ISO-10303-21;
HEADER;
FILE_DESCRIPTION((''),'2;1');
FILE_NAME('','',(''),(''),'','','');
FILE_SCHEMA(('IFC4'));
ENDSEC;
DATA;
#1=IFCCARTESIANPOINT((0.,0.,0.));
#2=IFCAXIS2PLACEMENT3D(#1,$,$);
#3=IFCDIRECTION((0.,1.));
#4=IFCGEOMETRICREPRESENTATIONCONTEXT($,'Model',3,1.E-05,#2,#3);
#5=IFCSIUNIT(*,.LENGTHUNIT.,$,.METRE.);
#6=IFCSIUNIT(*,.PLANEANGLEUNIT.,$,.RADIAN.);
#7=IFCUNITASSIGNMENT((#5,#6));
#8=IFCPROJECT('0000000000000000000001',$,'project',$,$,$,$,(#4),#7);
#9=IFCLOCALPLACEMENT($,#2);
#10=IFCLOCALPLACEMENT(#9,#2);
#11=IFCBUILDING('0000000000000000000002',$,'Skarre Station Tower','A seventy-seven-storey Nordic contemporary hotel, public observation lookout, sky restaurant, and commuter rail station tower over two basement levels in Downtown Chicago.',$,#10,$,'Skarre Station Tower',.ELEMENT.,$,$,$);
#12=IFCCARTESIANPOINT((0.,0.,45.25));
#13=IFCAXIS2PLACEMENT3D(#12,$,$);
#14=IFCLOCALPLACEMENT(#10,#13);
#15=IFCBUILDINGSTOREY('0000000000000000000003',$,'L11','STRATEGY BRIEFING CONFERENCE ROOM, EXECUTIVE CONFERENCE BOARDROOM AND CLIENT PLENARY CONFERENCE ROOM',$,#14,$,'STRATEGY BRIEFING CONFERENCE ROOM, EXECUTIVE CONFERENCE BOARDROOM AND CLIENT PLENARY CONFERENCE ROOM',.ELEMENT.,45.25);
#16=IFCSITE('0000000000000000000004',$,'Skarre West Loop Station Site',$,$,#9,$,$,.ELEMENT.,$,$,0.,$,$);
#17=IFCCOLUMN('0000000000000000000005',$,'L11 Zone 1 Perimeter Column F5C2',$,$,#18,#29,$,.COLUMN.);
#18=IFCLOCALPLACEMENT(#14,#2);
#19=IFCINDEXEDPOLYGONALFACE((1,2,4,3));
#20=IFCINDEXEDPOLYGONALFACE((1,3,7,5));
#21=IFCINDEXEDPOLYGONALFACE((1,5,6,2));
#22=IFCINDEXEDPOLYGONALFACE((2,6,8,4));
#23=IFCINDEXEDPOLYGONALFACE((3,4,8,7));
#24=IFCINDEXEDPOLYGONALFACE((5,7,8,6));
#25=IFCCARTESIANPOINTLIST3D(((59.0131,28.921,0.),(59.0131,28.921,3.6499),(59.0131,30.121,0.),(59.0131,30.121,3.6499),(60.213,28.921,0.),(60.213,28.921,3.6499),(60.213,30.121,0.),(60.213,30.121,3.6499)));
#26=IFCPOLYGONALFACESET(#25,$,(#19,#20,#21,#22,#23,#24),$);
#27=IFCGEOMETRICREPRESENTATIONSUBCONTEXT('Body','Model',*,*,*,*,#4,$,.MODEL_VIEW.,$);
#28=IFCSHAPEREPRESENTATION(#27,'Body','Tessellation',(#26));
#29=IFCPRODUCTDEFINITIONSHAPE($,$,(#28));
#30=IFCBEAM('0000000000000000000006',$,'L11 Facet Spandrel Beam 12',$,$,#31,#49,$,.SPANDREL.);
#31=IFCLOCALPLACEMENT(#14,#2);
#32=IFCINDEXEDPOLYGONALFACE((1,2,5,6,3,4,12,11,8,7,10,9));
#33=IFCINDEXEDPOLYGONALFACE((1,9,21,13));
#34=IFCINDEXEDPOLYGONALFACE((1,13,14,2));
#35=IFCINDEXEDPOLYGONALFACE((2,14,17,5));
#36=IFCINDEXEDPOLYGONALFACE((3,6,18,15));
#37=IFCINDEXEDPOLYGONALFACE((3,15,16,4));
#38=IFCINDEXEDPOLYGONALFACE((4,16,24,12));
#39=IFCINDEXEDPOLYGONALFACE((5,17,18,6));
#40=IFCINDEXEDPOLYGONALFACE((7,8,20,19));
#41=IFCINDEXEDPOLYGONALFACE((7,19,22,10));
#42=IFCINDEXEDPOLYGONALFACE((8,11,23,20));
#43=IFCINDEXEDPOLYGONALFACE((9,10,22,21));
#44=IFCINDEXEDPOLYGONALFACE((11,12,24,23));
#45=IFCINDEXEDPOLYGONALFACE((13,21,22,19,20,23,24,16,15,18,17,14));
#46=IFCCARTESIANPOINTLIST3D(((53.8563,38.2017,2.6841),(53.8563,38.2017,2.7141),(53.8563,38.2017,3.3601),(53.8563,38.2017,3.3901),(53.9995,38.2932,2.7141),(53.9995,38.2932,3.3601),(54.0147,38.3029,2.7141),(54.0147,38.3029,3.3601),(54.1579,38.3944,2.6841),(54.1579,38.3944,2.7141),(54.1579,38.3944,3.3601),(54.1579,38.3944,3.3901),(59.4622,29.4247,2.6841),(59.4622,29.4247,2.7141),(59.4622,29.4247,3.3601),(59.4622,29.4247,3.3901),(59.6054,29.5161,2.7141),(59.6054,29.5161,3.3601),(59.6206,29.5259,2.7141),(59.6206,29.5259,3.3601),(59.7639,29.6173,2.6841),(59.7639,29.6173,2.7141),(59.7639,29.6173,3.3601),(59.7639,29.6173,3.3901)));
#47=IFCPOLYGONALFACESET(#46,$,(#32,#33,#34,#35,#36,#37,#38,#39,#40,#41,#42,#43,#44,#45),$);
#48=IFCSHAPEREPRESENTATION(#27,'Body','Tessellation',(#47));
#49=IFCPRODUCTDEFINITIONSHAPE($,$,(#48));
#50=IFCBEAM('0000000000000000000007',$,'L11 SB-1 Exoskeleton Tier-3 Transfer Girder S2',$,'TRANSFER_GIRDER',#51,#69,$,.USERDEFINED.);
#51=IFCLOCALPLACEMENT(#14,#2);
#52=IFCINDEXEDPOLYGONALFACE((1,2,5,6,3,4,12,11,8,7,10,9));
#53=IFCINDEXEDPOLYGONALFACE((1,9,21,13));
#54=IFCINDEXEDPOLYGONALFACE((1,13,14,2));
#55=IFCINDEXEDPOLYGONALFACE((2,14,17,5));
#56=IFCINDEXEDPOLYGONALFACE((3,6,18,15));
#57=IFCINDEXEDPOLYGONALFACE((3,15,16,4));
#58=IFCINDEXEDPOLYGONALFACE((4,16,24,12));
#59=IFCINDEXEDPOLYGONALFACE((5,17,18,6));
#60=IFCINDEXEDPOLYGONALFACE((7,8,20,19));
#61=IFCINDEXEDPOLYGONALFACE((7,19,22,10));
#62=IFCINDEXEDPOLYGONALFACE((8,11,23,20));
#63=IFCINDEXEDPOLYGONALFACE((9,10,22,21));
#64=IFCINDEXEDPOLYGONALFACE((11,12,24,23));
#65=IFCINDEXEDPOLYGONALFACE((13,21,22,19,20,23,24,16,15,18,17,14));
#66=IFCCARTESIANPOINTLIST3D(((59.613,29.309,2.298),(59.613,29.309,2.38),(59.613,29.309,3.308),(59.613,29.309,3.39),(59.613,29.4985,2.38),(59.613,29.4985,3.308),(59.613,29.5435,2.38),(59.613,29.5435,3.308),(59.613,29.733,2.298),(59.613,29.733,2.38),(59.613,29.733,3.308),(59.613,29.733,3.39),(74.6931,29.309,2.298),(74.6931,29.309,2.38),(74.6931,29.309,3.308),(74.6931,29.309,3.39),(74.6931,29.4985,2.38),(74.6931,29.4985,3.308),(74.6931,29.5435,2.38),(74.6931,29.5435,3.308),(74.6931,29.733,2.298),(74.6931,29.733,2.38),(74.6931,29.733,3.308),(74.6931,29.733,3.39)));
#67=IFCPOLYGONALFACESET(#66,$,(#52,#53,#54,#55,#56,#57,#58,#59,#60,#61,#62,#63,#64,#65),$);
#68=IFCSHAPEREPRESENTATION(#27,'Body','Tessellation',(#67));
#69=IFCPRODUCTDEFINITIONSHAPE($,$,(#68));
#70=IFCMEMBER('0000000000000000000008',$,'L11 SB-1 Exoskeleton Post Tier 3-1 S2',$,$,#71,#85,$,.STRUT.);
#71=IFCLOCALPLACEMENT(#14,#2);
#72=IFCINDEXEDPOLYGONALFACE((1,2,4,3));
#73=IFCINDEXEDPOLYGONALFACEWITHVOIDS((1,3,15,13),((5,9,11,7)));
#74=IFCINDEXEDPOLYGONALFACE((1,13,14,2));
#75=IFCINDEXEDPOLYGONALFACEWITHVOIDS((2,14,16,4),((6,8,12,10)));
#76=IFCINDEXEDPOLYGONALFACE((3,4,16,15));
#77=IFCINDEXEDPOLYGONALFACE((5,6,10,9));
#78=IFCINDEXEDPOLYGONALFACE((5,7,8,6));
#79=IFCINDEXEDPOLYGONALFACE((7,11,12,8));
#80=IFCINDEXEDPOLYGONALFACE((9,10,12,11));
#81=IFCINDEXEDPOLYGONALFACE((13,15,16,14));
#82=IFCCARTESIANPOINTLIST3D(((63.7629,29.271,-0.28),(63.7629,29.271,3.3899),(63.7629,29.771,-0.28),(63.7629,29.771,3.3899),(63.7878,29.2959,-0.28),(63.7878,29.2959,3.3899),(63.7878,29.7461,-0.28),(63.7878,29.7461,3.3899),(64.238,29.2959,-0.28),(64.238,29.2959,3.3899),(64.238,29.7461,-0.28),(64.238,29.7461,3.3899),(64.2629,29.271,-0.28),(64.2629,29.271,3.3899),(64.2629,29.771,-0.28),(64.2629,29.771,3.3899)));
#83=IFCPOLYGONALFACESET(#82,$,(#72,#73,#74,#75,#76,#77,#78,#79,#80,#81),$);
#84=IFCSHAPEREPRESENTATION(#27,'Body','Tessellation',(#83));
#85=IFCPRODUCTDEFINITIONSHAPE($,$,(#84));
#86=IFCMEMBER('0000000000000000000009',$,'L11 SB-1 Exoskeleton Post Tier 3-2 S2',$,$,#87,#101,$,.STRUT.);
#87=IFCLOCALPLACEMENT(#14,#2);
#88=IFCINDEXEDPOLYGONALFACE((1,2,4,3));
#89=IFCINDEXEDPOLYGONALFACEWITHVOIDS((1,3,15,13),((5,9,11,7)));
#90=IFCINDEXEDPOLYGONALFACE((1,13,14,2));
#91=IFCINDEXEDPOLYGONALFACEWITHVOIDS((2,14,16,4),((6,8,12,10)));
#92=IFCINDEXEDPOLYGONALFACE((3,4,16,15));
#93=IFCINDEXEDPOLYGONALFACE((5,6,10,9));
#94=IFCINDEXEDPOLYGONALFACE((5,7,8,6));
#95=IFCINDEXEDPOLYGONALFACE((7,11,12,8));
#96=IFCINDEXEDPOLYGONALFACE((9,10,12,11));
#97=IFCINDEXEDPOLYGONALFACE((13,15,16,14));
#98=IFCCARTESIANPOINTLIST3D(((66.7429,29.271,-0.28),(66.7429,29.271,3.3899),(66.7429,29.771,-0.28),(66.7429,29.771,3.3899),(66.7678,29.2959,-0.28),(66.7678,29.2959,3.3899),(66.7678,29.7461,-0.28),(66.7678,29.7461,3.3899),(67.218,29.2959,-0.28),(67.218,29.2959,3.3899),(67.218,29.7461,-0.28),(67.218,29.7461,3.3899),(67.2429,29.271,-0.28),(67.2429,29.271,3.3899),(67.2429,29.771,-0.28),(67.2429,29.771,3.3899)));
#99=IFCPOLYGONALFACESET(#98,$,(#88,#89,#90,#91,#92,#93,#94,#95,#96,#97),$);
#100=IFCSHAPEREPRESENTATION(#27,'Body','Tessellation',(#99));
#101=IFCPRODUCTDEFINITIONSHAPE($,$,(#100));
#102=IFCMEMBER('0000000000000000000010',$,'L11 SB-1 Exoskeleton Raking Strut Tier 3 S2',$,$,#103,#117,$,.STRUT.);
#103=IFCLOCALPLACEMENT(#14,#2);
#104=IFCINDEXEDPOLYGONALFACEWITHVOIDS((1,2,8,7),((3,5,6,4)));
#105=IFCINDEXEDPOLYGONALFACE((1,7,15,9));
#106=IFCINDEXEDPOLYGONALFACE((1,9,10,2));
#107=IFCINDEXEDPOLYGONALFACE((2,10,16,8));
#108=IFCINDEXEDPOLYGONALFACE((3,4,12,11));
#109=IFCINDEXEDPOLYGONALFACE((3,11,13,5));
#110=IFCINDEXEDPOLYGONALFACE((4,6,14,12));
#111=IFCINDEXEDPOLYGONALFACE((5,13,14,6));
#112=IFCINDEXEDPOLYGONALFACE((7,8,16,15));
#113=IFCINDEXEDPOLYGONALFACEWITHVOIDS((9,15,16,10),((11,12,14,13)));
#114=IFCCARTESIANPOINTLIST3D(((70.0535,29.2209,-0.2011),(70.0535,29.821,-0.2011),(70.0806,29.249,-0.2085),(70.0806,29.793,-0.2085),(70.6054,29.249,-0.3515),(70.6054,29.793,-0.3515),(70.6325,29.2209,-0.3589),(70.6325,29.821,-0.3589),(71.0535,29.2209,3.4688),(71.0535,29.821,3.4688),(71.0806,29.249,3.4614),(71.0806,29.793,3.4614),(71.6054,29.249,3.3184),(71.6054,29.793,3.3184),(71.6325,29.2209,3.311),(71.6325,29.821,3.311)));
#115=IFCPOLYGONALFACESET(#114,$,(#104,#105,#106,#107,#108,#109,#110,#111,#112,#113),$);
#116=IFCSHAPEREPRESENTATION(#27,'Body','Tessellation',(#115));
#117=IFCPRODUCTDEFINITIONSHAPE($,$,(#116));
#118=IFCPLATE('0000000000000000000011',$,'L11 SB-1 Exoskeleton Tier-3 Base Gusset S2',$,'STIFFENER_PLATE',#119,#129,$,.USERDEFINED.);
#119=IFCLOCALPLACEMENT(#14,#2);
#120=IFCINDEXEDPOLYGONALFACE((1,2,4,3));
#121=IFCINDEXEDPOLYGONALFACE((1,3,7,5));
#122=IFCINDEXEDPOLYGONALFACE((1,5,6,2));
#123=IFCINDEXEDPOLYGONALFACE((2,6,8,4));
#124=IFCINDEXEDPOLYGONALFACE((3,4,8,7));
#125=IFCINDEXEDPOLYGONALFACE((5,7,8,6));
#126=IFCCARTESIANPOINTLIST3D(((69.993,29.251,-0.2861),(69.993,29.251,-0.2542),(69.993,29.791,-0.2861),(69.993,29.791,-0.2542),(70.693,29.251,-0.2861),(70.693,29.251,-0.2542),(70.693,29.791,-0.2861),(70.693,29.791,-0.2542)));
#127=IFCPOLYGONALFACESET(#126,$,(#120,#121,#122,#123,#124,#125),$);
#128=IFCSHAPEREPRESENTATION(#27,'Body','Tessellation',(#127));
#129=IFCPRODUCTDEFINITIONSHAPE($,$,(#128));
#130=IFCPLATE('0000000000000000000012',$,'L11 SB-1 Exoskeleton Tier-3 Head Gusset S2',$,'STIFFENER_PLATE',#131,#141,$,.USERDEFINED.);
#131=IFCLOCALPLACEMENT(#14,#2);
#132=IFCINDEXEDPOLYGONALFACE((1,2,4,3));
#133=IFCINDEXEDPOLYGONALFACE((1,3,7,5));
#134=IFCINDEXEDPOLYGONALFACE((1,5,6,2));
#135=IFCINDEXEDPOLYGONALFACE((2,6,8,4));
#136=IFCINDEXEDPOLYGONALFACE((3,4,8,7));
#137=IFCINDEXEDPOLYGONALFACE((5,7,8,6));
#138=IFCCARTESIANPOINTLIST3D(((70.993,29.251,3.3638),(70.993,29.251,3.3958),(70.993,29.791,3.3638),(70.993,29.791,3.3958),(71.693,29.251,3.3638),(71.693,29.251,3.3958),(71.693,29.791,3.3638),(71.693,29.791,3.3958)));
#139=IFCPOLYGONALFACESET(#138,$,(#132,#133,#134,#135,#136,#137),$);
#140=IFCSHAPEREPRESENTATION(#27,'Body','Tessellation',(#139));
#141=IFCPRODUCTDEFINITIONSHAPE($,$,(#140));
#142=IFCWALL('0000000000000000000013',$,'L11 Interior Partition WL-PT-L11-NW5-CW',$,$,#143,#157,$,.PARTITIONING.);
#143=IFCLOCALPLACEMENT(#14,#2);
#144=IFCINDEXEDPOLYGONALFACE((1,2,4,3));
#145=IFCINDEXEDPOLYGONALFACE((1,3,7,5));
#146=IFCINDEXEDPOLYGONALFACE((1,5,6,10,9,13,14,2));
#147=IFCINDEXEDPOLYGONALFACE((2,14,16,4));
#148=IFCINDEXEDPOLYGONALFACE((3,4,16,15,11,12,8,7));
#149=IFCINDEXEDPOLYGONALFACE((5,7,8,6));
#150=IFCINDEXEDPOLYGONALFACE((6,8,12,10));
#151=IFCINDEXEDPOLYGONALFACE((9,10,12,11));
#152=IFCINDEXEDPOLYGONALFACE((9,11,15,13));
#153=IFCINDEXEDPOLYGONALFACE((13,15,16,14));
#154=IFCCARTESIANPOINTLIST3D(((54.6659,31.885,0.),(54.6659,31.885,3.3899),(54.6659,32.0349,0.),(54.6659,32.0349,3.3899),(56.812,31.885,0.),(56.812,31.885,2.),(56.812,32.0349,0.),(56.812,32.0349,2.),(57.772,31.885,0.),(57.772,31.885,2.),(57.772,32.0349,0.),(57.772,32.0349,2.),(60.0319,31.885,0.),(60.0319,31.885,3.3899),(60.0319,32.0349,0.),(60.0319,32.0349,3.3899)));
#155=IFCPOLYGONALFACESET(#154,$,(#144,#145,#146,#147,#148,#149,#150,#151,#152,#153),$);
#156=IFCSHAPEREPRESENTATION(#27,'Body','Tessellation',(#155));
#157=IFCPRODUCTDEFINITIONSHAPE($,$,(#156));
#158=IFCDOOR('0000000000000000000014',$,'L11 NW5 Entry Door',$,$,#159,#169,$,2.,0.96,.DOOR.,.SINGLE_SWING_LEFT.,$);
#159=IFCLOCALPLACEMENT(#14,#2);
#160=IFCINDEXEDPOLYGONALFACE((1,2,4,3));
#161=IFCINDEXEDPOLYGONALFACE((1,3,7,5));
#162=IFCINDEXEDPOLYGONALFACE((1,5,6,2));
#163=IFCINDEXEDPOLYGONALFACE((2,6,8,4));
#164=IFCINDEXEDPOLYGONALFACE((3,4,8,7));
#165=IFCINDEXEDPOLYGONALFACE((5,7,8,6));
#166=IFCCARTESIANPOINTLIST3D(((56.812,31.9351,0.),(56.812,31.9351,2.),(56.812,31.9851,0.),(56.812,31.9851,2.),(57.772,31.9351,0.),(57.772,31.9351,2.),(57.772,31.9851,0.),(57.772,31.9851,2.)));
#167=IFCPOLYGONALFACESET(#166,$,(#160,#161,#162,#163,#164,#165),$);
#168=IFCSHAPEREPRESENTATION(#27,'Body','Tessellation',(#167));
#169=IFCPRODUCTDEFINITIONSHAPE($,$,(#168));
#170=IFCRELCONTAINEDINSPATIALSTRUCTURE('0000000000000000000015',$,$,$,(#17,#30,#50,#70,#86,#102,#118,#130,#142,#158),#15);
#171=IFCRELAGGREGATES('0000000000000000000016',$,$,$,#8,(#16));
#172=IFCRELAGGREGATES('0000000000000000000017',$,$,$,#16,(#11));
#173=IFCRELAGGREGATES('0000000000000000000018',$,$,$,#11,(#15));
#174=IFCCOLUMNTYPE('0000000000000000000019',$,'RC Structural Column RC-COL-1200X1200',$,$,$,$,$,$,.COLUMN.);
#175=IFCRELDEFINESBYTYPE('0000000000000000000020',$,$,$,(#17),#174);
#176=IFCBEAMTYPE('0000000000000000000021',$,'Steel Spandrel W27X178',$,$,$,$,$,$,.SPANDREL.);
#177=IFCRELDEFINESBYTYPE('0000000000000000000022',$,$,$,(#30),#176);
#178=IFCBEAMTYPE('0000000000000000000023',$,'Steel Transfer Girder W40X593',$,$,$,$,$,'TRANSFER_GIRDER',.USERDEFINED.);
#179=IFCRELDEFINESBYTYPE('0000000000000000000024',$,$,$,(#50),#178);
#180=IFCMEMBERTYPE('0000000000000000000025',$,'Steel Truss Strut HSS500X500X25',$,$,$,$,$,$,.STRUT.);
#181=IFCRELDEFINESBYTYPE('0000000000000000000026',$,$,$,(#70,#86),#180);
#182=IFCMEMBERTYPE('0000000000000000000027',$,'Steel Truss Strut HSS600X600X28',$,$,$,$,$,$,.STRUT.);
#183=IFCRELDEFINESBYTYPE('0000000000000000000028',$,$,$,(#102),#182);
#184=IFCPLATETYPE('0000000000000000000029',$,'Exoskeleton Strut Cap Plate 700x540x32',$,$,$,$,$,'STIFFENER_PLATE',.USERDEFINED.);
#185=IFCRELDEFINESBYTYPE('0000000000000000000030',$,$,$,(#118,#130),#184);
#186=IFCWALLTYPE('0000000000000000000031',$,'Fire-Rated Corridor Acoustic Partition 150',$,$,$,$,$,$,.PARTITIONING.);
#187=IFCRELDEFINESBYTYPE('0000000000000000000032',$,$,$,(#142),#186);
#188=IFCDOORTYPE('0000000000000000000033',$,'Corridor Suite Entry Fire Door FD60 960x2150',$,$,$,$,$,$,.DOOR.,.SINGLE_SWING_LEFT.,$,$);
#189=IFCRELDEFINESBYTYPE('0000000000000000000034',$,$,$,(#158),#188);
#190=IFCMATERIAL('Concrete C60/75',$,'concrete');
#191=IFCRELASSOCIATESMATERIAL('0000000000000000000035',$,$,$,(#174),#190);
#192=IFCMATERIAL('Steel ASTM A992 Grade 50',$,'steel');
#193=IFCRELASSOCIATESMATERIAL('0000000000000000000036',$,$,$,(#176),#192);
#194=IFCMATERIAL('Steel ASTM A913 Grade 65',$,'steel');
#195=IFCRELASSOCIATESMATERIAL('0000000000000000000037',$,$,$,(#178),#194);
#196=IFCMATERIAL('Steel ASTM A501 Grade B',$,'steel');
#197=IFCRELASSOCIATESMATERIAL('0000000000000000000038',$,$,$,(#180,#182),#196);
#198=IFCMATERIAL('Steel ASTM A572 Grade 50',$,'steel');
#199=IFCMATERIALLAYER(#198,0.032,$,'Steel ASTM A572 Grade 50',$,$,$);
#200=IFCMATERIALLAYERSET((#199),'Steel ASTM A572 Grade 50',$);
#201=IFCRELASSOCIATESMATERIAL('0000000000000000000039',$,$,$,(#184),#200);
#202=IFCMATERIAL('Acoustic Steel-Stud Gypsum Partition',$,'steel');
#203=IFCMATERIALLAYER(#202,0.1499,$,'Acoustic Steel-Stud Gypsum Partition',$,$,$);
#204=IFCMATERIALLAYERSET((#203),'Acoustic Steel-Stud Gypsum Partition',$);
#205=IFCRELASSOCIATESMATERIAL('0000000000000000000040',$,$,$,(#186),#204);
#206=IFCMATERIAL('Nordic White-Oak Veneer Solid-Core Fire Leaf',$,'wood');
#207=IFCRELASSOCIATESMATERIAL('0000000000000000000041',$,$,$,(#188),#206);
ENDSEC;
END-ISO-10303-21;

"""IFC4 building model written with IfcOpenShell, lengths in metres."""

from ifc_helpers import new_model, si_unit, direction, frame, frame_2d, origin, origin_2d, place, context, subcontext, project, spatial, rectangle, hollow_rectangle, i_section, extrude, material, layer, layer_set, material_profile, profile_set, type_object, element, fill, save


model = new_model("IFC4")

# Units and contexts
model_context = context("Model", 3, precision=1e-05, world=origin(), true_north=direction((0.0, 1.0)))
body_context = subcontext(model_context, "Body", "Model", "MODEL_VIEW")
ifc_project = project(units=[si_unit("LENGTHUNIT", "METRE"), si_unit("PLANEANGLEUNIT", "RADIAN")], contexts=[model_context])

# Site, building, storey
site_placement = place(None, origin())
site = spatial("IfcSite", under=ifc_project, at=site_placement, Name="Skarre West Loop Station Site", CompositionType="ELEMENT", RefElevation=0.0)
building_placement = place(site_placement, origin())
building = spatial("IfcBuilding", under=site, at=building_placement, Name="Skarre Station Tower", Description="A seventy-seven-storey Nordic contemporary hotel, public observation lookout, sky restaurant, and commuter rail station tower over two basement levels in Downtown Chicago.", LongName="Skarre Station Tower", CompositionType="ELEMENT")
storey_placement = place(building_placement, frame((0.0, 0.0, 45.25)))
storey = spatial("IfcBuildingStorey", under=building, at=storey_placement, Name="L11", Description="STRATEGY BRIEFING CONFERENCE ROOM, EXECUTIVE CONFERENCE BOARDROOM AND CLIENT PLENARY CONFERENCE ROOM", LongName="STRATEGY BRIEFING CONFERENCE ROOM, EXECUTIVE CONFERENCE BOARDROOM AND CLIENT PLENARY CONFERENCE ROOM", CompositionType="ELEMENT", Elevation=45.25)

# Column
ifc_material_1 = material(Name="Concrete C60/75", Category="concrete")
ifc_material_profile_1 = material_profile(ifc_material_1, rectangle(XDim=1.2, YDim=1.2, at=origin_2d()), Name="Concrete C60/75")
ifc_profile_set_1 = profile_set([ifc_material_profile_1], Name="Concrete C60/75")
column_type = type_object("IfcColumnType", Name="RC Structural Column RC-COL-1200X1200", PredefinedType="COLUMN", material=ifc_profile_set_1)
column_placement = place(storey_placement, frame((59.613, 29.521, 0.0), z_axis=(0.0, 0.0, 1.0), x_axis=(1.0, 0.0, 0.0)))
element("IfcColumn", 1, at=column_placement, inside=storey, type_object=column_type, Name="L11 Zone 1 Perimeter Column F5C2", PredefinedType="COLUMN", context=body_context, shape_type="SweptSolid", body=[
    extrude(rectangle(XDim=1.2, YDim=1.2, at=origin_2d()), origin(), (0.0, 0.0, 1.0), 3.6499),
])

# Beams
ifc_material_2 = material(Name="Steel ASTM A992 Grade 50", Category="steel")
ifc_material_profile_2 = material_profile(ifc_material_2, i_section(OverallWidth=0.3579, OverallDepth=0.7061, WebThickness=0.0181, FlangeThickness=0.03, at=origin_2d()), Name="Steel ASTM A992 Grade 50")
ifc_profile_set_2 = profile_set([ifc_material_profile_2], Name="Steel ASTM A992 Grade 50")
beam_type_1 = type_object("IfcBeamType", Name="Steel Spandrel W27X178", PredefinedType="SPANDREL", material=ifc_profile_set_2)
beam_1_placement = place(storey_placement, frame((59.613, 29.521, 3.0371), z_axis=(-0.538278, 0.842767, 0.0), x_axis=(-0.842767, -0.538278, 0.0)))
element("IfcBeam", 2, at=beam_1_placement, inside=storey, type_object=beam_type_1, Name="L11 Facet Spandrel Beam 12", PredefinedType="SPANDREL", context=body_context, shape_type="SweptSolid", body=[
    extrude(i_section(OverallWidth=0.3579, OverallDepth=0.7061, WebThickness=0.0181, FlangeThickness=0.03, at=origin_2d()), origin(), (0.0, 0.0, 1.0), 10.4146),
])
ifc_material_3 = material(Name="Steel ASTM A913 Grade 65", Category="steel")
ifc_material_profile_3 = material_profile(ifc_material_3, i_section(OverallWidth=0.4241, OverallDepth=1.092, WebThickness=0.0449, FlangeThickness=0.082, at=origin_2d()), Name="Steel ASTM A913 Grade 65")
ifc_profile_set_3 = profile_set([ifc_material_profile_3], Name="Steel ASTM A913 Grade 65")
beam_type_2 = type_object("IfcBeamType", Name="Steel Transfer Girder W40X593", ElementType="TRANSFER_GIRDER", PredefinedType="USERDEFINED", material=ifc_profile_set_3)
beam_2_placement = place(storey_placement, frame((59.613, 29.521, 2.844), z_axis=(1.0, 0.0, 0.0), x_axis=(0.0, 1.0, 0.0)))
element("IfcBeam", 3, at=beam_2_placement, inside=storey, type_object=beam_type_2, Name="L11 SB-1 Exoskeleton Tier-3 Transfer Girder S2", ObjectType="TRANSFER_GIRDER", PredefinedType="USERDEFINED", context=body_context, shape_type="SweptSolid", body=[
    extrude(i_section(OverallWidth=0.4241, OverallDepth=1.092, WebThickness=0.0449, FlangeThickness=0.082, at=origin_2d()), origin(), (0.0, 0.0, 1.0), 15.0801),
])

# Members
ifc_material_4 = material(Name="Steel ASTM A501 Grade B", Category="steel")
ifc_material_profile_4 = material_profile(ifc_material_4, hollow_rectangle(XDim=0.5, YDim=0.5, WallThickness=0.0249, at=origin_2d()), Name="Steel ASTM A501 Grade B")
ifc_profile_set_4 = profile_set([ifc_material_profile_4], Name="Steel ASTM A501 Grade B")
member_type_1 = type_object("IfcMemberType", Name="Steel Truss Strut HSS500X500X25", PredefinedType="STRUT", material=ifc_profile_set_4)
for number, where, z_axis, x_axis, name in (
    (4, (64.0129, 29.521, -0.28), (0.0, 0.0, 1.0), (1.0, 0.0, 0.0), "L11 SB-1 Exoskeleton Post Tier 3-1 S2"),
    (5, (66.9929, 29.521, -0.28), (0.0, 0.0, 1.0), (1.0, 0.0, 0.0), "L11 SB-1 Exoskeleton Post Tier 3-2 S2"),
):
    element("IfcMember", number, at=place(storey_placement, frame(where, z_axis=z_axis, x_axis=x_axis)), inside=storey, type_object=member_type_1, Name=name, PredefinedType="STRUT", context=body_context, shape_type="SweptSolid", body=[
        extrude(hollow_rectangle(XDim=0.5, YDim=0.5, WallThickness=0.0249, at=origin_2d()), origin(), (0.0, 0.0, 1.0), 3.6699),
    ])
ifc_material_profile_5 = material_profile(ifc_material_4, hollow_rectangle(XDim=0.6001, YDim=0.6001, WallThickness=0.0281, at=origin_2d()), Name="Steel ASTM A501 Grade B")
ifc_profile_set_5 = profile_set([ifc_material_profile_5], Name="Steel ASTM A501 Grade B")
member_type_2 = type_object("IfcMemberType", Name="Steel Truss Strut HSS600X600X28", PredefinedType="STRUT", material=ifc_profile_set_5)
member_placement = place(storey_placement, frame((70.343, 29.521, -0.28), z_axis=(0.2629, 0.0, 0.964823), x_axis=(0.0, 1.0, 0.0)))
element("IfcMember", 6, at=member_placement, inside=storey, type_object=member_type_2, Name="L11 SB-1 Exoskeleton Raking Strut Tier 3 S2", PredefinedType="STRUT", context=body_context, shape_type="SweptSolid", body=[
    extrude(hollow_rectangle(XDim=0.6001, YDim=0.6001, WallThickness=0.0281, at=origin_2d()), origin(), (0.0, 0.0, 1.0), 3.8037),
])

# Plates
ifc_material_5 = material(Name="Steel ASTM A572 Grade 50", Category="steel")
ifc_layer_1 = layer(ifc_material_5, 0.032, Name="Steel ASTM A572 Grade 50")
ifc_layer_set_1 = layer_set([ifc_layer_1], Name="Steel ASTM A572 Grade 50")
plate_type = type_object("IfcPlateType", Name="Exoskeleton Strut Cap Plate 700x540x32", ElementType="STIFFENER_PLATE", PredefinedType="USERDEFINED", material=ifc_layer_set_1)
for number, where, z_axis, x_axis, name in (
    (7, (70.343, 29.521, -0.2861), (0.0, 0.0, 1.0), (1.0, 0.0, 0.0), "L11 SB-1 Exoskeleton Tier-3 Base Gusset S2"),
    (8, (71.343, 29.521, 3.3638), (0.0, 0.0, 1.0), (1.0, 0.0, 0.0), "L11 SB-1 Exoskeleton Tier-3 Head Gusset S2"),
):
    element("IfcPlate", number, at=place(storey_placement, frame(where, z_axis=z_axis, x_axis=x_axis)), inside=storey, type_object=plate_type, Name=name, ObjectType="STIFFENER_PLATE", PredefinedType="USERDEFINED", context=body_context, shape_type="SweptSolid", body=[
        extrude(rectangle(XDim=0.7, YDim=0.54, at=origin_2d()), origin(), (0.0, 0.0, 1.0), 0.032),
    ])

# Wall, opening, door
ifc_material_6 = material(Name="Acoustic Steel-Stud Gypsum Partition", Category="steel")
ifc_layer_2 = layer(ifc_material_6, 0.1499, Name="Acoustic Steel-Stud Gypsum Partition")
ifc_layer_set_2 = layer_set([ifc_layer_2], Name="Acoustic Steel-Stud Gypsum Partition")
wall_type_1 = type_object("IfcWallType", Name="Fire-Rated Corridor Acoustic Partition 150", PredefinedType="PARTITIONING", material=ifc_layer_set_2)
wall_1_placement = place(storey_placement, frame((60.032, 31.96, 0.0), z_axis=(0.0, 0.0, 1.0), x_axis=(-1.0, 0.0, 0.0)))
wall_1 = element("IfcWall", 9, at=wall_1_placement, inside=storey, type_object=wall_type_1, Name="L11 Interior Partition WL-PT-L11-NW5-CW", PredefinedType="PARTITIONING", context=body_context, shape_type="SweptSolid", body=[
    extrude(rectangle(XDim=5.366, YDim=0.1499, at=frame_2d((2.6831, 0.0))), origin(), (0.0, 0.0, 1.0), 3.3899),
])
opening_1_placement = place(wall_1_placement, frame((2.26, 0.0, 0.0)))
opening_1 = element("IfcOpeningElement", 10, at=opening_1_placement, cuts=wall_1, PredefinedType="OPENING", context=body_context, shape_type="SweptSolid", body=[
    extrude(rectangle(XDim=0.96, YDim=2.0, at=frame_2d((0.48, 1.0))), frame((0.0, 0.085, 0.0), z_axis=(0.0, -1.0, 0.0), x_axis=(1.0, 0.0, 0.0)), (0.0, 0.0, 1.0), 0.1699),
])
ifc_material_7 = material(Name="Nordic White-Oak Veneer Solid-Core Fire Leaf", Category="wood")
door_type = type_object("IfcDoorType", Name="Corridor Suite Entry Fire Door FD60 960x2150", OperationType="SINGLE_SWING_LEFT", PredefinedType="DOOR", material=ifc_material_7)
door_placement = place(opening_1_placement, origin())
door = element("IfcDoor", 11, at=door_placement, inside=storey, type_object=door_type, Name="L11 NW5 Entry Door", OperationType="SINGLE_SWING_LEFT", OverallHeight=2.0, OverallWidth=0.96, PredefinedType="DOOR", context=body_context, shape_type="SweptSolid", body=[
    extrude(rectangle(XDim=0.96, YDim=2.0, at=frame_2d((0.48, 1.0))), frame((0.0, 0.0249, 0.0), z_axis=(0.0, -1.0, 0.0), x_axis=(1.0, 0.0, 0.0)), (0.0, 0.0, 1.0), 0.05),
])
fill(opening_1, door)

save(model, "model.ifc")
